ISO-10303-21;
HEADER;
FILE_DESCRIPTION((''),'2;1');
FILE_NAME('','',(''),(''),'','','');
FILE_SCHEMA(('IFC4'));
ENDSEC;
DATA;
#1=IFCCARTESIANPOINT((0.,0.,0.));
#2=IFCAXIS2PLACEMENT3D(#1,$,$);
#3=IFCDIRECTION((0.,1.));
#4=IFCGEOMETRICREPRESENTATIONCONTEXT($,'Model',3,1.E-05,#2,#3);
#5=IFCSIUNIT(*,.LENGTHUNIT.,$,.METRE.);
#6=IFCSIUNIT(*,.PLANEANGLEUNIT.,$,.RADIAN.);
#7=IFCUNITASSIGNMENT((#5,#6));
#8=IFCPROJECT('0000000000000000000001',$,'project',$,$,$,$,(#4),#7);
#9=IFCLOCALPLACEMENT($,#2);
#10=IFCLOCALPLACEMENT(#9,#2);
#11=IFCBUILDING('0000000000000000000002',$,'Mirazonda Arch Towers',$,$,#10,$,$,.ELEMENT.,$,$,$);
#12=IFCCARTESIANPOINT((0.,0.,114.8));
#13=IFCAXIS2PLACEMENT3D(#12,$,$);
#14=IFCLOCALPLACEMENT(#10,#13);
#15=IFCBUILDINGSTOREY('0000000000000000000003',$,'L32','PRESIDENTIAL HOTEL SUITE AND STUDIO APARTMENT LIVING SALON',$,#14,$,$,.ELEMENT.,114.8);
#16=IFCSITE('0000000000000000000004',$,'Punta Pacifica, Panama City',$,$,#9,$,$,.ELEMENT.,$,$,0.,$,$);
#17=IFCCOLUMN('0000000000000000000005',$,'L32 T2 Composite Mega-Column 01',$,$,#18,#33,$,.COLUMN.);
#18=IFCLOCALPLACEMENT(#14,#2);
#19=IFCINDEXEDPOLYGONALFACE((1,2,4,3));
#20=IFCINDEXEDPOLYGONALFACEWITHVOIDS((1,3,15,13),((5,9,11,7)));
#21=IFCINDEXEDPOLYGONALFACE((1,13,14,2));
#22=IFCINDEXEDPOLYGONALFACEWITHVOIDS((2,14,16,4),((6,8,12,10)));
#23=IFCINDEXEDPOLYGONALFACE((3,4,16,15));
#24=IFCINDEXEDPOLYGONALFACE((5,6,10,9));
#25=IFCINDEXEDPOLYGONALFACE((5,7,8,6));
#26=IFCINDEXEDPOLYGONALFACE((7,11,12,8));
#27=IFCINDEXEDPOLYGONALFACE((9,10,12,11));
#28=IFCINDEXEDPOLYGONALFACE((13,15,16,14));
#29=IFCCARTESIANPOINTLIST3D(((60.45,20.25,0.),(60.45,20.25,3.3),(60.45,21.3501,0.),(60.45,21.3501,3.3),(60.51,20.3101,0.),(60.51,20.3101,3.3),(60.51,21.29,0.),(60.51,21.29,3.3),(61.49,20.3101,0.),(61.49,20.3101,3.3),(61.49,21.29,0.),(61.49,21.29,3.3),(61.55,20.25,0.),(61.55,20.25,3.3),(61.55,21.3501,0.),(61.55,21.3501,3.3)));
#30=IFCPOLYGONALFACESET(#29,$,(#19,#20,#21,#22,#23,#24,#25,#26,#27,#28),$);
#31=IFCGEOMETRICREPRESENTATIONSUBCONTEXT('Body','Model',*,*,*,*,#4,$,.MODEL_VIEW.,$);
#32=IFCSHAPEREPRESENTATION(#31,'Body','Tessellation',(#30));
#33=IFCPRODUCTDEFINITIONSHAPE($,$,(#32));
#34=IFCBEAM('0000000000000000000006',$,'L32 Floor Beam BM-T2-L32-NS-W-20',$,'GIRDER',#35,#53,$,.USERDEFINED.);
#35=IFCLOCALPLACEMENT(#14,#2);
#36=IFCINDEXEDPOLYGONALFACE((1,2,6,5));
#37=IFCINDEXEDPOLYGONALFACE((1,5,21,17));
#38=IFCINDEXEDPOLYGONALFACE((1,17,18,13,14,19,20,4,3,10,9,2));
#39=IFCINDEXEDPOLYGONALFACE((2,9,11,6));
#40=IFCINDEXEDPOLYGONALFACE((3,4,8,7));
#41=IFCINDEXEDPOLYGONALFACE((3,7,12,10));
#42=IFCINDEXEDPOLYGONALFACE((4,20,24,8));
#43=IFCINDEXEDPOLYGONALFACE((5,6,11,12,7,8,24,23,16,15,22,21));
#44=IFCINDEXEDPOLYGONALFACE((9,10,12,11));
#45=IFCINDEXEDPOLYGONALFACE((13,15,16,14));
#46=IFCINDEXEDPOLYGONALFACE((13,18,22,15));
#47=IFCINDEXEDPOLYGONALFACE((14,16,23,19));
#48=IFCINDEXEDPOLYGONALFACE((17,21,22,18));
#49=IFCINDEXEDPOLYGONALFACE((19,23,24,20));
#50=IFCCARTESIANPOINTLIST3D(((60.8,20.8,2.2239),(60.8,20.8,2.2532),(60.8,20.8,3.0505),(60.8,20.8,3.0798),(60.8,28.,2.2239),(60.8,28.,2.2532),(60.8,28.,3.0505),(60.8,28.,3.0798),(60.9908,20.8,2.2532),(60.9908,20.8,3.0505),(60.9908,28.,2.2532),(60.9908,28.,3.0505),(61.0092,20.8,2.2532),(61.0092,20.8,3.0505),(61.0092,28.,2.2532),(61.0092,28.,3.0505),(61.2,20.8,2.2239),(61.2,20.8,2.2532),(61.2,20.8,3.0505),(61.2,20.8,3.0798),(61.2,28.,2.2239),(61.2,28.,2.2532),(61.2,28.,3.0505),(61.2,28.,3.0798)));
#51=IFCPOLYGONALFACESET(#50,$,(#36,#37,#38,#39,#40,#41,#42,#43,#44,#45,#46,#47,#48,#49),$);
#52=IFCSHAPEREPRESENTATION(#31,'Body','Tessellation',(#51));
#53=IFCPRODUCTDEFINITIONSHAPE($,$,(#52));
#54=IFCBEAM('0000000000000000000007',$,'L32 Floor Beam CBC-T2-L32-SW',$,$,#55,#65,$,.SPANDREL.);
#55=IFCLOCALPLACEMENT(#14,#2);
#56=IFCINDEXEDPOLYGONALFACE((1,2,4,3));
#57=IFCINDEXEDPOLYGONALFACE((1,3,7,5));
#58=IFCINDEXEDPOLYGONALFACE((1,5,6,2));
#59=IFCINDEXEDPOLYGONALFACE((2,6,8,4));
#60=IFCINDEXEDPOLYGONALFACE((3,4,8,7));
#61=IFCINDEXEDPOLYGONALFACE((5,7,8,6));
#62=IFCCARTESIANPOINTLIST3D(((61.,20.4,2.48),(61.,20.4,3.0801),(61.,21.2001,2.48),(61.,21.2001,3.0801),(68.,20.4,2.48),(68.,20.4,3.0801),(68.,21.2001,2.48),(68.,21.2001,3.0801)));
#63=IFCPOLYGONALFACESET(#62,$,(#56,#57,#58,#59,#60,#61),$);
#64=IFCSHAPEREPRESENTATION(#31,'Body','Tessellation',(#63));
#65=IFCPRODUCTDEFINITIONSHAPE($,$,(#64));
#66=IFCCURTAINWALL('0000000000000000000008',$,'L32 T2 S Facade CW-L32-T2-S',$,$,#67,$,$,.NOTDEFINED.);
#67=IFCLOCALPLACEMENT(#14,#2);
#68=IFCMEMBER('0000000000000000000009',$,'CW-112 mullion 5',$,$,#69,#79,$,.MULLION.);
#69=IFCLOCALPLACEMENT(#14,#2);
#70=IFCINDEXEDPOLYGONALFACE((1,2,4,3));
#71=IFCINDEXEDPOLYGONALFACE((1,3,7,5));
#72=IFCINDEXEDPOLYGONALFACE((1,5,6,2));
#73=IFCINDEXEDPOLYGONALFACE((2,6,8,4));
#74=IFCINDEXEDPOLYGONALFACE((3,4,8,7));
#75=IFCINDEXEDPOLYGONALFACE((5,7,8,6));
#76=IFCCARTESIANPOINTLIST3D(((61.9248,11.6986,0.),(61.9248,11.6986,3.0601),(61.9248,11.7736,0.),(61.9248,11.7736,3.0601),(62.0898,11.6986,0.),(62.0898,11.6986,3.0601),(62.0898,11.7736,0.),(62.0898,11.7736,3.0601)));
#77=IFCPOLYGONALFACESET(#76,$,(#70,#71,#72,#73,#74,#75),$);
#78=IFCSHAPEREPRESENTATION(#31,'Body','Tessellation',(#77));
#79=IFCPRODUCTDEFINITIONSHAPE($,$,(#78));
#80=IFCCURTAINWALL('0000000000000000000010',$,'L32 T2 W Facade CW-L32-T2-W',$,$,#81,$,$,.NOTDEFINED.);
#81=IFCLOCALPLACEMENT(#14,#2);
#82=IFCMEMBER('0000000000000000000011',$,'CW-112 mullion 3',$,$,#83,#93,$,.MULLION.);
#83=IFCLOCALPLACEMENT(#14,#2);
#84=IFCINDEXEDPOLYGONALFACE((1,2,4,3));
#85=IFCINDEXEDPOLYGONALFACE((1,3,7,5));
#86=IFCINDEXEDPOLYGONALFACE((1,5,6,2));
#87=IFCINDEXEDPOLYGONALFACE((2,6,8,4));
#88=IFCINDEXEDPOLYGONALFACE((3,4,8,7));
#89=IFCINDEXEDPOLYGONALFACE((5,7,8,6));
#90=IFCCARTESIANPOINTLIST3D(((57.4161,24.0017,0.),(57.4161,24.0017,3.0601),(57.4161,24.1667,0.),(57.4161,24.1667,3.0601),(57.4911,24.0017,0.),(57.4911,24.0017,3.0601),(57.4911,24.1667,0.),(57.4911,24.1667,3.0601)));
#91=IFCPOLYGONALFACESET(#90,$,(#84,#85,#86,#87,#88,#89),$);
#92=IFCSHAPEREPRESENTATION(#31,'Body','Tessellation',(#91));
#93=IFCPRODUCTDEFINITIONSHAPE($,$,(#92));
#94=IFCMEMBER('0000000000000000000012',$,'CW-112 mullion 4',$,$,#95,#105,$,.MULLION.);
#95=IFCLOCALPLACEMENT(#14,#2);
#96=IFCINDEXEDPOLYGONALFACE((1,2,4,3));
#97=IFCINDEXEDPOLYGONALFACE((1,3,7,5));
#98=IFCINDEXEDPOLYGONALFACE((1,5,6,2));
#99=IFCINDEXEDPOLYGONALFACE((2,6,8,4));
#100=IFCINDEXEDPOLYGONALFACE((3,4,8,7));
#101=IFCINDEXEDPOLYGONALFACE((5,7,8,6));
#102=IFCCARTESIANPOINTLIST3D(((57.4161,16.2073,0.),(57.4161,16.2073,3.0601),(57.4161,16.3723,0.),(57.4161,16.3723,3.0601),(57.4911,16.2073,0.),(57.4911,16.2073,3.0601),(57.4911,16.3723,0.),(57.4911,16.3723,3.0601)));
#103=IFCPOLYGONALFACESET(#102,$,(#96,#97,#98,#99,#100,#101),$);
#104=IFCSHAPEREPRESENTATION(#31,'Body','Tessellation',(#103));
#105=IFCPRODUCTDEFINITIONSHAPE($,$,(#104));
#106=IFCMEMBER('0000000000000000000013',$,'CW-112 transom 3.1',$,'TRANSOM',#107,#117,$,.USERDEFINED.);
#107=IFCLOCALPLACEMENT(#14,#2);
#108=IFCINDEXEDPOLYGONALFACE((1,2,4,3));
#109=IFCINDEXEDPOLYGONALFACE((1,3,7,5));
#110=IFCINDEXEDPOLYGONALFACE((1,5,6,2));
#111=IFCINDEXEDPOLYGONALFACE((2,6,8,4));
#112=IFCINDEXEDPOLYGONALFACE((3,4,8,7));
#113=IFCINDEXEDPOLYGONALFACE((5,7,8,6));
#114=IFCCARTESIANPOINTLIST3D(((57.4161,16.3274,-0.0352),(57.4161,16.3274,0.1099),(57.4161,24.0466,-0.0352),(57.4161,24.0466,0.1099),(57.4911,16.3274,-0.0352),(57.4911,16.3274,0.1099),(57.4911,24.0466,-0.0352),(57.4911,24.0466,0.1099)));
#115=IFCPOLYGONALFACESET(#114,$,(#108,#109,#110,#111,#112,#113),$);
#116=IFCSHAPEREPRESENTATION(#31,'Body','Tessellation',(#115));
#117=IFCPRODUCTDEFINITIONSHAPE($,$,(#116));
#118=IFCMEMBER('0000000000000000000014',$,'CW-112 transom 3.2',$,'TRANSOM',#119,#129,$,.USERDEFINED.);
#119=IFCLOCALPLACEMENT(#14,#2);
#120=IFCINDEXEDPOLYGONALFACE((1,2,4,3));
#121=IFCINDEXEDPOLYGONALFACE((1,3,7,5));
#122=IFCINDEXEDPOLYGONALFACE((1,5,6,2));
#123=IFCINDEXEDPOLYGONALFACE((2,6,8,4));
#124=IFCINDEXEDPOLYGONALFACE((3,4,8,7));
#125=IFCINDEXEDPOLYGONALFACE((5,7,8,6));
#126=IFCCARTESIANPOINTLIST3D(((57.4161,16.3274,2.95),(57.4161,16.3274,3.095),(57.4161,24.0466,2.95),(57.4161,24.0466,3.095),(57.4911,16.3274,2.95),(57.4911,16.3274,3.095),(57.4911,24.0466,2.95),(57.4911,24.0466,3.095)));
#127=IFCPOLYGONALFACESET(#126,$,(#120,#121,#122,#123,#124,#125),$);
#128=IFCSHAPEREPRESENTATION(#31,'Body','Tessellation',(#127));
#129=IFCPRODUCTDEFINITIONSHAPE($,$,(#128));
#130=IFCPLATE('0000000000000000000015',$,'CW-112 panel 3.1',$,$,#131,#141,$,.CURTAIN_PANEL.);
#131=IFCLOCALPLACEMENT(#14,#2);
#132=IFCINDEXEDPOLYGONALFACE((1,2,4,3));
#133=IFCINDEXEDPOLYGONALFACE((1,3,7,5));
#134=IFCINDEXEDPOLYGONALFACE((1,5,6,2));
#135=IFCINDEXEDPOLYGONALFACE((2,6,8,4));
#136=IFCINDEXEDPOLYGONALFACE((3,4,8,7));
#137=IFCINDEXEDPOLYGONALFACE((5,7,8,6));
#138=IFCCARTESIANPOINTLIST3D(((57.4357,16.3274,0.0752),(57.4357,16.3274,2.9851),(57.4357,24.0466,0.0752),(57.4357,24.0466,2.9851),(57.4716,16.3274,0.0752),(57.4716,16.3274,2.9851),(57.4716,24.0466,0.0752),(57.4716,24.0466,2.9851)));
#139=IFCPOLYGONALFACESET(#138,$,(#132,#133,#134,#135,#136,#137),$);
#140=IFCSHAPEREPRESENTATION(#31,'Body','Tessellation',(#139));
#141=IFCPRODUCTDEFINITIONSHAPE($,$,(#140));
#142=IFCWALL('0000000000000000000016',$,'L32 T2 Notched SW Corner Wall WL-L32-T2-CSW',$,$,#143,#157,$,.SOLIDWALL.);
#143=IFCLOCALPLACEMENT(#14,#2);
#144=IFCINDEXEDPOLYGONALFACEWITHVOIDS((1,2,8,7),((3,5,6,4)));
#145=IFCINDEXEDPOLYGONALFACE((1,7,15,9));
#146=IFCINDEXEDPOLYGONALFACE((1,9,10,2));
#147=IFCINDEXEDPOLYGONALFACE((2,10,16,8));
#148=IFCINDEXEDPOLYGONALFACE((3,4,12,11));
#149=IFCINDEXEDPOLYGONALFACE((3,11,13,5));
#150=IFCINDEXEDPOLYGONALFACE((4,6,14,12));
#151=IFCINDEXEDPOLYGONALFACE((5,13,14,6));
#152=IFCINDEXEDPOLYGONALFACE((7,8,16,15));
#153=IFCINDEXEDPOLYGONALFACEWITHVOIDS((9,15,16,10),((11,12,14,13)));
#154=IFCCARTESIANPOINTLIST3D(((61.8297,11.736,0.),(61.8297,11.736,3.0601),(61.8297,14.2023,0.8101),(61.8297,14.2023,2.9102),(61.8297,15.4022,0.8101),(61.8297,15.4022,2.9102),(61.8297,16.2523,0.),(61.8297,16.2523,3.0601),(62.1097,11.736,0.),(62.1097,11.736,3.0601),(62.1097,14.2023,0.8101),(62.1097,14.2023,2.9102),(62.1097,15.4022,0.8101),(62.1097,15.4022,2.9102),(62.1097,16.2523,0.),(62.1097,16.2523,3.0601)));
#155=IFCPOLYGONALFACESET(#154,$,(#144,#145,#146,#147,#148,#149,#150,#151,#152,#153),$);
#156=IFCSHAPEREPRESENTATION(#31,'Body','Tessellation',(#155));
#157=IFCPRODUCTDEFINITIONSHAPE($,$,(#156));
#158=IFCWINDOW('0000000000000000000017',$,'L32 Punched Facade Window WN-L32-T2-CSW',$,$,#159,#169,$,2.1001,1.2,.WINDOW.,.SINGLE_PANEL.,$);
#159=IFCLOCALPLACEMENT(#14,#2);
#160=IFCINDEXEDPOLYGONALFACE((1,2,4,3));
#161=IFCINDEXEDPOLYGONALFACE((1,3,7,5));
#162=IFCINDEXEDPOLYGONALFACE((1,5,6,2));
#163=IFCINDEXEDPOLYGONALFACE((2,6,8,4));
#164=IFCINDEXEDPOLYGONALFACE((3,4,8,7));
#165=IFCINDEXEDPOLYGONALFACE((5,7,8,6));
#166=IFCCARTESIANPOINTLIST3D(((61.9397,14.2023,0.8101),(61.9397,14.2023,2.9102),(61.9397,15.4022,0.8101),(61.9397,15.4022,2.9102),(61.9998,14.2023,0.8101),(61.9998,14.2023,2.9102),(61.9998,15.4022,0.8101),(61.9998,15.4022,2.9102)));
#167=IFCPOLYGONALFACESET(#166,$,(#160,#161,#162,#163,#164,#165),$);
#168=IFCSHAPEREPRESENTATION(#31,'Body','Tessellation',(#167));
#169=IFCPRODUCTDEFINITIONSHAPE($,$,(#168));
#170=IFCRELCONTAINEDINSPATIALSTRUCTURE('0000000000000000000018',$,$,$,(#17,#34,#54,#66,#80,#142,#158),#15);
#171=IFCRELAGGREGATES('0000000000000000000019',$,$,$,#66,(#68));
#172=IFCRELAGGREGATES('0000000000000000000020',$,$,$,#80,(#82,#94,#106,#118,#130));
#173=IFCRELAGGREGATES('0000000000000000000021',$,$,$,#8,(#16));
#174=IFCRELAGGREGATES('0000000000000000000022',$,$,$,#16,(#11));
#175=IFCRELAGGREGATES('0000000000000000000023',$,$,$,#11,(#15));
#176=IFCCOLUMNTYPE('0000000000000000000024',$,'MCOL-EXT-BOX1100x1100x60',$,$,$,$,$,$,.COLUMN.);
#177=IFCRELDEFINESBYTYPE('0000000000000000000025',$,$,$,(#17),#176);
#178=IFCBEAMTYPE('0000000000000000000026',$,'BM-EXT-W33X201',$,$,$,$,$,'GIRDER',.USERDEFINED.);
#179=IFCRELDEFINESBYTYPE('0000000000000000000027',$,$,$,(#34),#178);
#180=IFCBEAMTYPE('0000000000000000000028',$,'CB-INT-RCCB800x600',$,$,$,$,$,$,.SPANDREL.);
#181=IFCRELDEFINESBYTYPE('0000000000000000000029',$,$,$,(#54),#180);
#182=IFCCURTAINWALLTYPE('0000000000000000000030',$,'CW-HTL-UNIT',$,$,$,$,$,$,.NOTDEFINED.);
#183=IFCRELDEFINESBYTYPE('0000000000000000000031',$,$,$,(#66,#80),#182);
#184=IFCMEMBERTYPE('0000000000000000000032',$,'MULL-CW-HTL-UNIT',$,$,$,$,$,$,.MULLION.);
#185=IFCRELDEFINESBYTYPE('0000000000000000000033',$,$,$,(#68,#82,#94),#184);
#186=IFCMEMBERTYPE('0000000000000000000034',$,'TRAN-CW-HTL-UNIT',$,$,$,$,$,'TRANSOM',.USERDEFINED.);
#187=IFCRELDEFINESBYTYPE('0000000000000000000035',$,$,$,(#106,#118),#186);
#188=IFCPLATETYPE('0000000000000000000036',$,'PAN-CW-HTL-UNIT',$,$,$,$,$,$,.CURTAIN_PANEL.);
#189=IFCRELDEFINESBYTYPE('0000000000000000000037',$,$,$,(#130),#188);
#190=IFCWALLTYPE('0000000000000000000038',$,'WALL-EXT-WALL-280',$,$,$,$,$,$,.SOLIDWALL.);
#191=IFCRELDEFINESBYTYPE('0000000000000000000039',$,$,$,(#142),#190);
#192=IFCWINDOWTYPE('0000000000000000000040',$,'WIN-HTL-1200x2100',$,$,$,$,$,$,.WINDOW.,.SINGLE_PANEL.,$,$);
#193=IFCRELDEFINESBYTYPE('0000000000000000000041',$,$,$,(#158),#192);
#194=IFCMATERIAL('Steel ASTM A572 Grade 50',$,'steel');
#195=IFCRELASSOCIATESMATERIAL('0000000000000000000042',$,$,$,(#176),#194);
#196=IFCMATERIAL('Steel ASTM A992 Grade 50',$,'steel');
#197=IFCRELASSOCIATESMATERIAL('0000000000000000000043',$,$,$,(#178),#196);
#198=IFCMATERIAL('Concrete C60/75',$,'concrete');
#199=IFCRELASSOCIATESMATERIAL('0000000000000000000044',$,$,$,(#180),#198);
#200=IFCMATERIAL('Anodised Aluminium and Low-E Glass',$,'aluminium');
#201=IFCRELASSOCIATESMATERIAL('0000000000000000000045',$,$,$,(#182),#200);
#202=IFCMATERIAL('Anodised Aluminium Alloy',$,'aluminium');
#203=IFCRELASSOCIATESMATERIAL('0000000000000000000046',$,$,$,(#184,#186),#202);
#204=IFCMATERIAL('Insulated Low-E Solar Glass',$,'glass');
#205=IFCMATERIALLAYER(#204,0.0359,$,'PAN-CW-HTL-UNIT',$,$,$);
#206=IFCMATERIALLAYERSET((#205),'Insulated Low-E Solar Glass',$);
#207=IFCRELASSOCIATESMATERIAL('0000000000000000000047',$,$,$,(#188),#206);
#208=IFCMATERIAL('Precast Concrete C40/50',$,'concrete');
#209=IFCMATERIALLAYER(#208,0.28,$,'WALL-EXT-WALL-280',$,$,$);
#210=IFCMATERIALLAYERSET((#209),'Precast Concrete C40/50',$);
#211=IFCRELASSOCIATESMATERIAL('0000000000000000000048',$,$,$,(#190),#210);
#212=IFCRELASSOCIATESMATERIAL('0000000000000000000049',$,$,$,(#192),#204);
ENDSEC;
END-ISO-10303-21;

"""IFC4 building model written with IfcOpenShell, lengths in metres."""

from ifc_helpers import new_model, si_unit, direction, frame, frame_2d, origin, origin_2d, place, context, subcontext, project, spatial, rectangle, hollow_rectangle, i_section, extrude, material, layer, layer_set, material_profile, profile_set, type_object, element, fill, aggregate, save


model = new_model("IFC4")

# Units and contexts
model_context = context("Model", 3, precision=1e-05, world=origin(), true_north=direction((0.0, 1.0)))
body_context = subcontext(model_context, "Body", "Model", "MODEL_VIEW")
ifc_project = project(units=[si_unit("LENGTHUNIT", "METRE"), si_unit("PLANEANGLEUNIT", "RADIAN")], contexts=[model_context])

# Site, building, storey
site_placement = place(None, origin())
site = spatial("IfcSite", under=ifc_project, at=site_placement, Name="Punta Pacifica, Panama City", CompositionType="ELEMENT", RefElevation=0.0)
building_placement = place(site_placement, origin())
building = spatial("IfcBuilding", under=site, at=building_placement, Name="Mirazonda Arch Towers", CompositionType="ELEMENT")
storey_placement = place(building_placement, frame((0.0, 0.0, 114.8)))
storey = spatial("IfcBuildingStorey", under=building, at=storey_placement, Name="L32", Description="PRESIDENTIAL HOTEL SUITE AND STUDIO APARTMENT LIVING SALON", CompositionType="ELEMENT", Elevation=114.8)

# Column
ifc_material_1 = material(Name="Steel ASTM A572 Grade 50", Category="steel")
ifc_material_profile_1 = material_profile(ifc_material_1, hollow_rectangle(XDim=1.1001, YDim=1.1001, WallThickness=0.0601, at=origin_2d()), Name="BOX1100x1100x60")
ifc_profile_set_1 = profile_set([ifc_material_profile_1], Name="Steel ASTM A572 Grade 50")
column_type = type_object("IfcColumnType", Name="MCOL-EXT-BOX1100x1100x60", PredefinedType="COLUMN", material=ifc_profile_set_1)
column_placement = place(storey_placement, frame((61.0, 20.8, 0.0), z_axis=(0.0, 0.0, 1.0), x_axis=(1.0, 0.0, 0.0)))
element("IfcColumn", 1, at=column_placement, inside=storey, type_object=column_type, Name="L32 T2 Composite Mega-Column 01", PredefinedType="COLUMN", context=body_context, shape_type="SweptSolid", body=[
    extrude(hollow_rectangle(XDim=1.1001, YDim=1.1001, WallThickness=0.0601, at=origin_2d()), origin(), (0.0, 0.0, 1.0), 3.3),
])

# Beams
ifc_material_2 = material(Name="Steel ASTM A992 Grade 50", Category="steel")
ifc_material_profile_2 = material_profile(ifc_material_2, i_section(OverallWidth=0.3999, OverallDepth=0.856, WebThickness=0.0183, FlangeThickness=0.0293, at=origin_2d()), Name="W33X201")
ifc_profile_set_2 = profile_set([ifc_material_profile_2], Name="Steel ASTM A992 Grade 50")
beam_type_1 = type_object("IfcBeamType", Name="BM-EXT-W33X201", ElementType="GIRDER", PredefinedType="USERDEFINED", material=ifc_profile_set_2)
beam_1_placement = place(storey_placement, frame((61.0, 20.8, 2.6519), z_axis=(0.0, 1.0, 0.0), x_axis=(-1.0, 0.0, 0.0)))
element("IfcBeam", 2, at=beam_1_placement, inside=storey, type_object=beam_type_1, Name="L32 Floor Beam BM-T2-L32-NS-W-20", ObjectType="GIRDER", PredefinedType="USERDEFINED", context=body_context, shape_type="SweptSolid", body=[
    extrude(i_section(OverallWidth=0.3999, OverallDepth=0.856, WebThickness=0.0183, FlangeThickness=0.0293, at=origin_2d()), origin(), (0.0, 0.0, 1.0), 7.2),
])
ifc_material_3 = material(Name="Concrete C60/75", Category="concrete")
ifc_material_profile_3 = material_profile(ifc_material_3, rectangle(XDim=0.8, YDim=0.6001, at=origin_2d()), Name="RCCB800x600")
ifc_profile_set_3 = profile_set([ifc_material_profile_3], Name="Concrete C60/75")
beam_type_2 = type_object("IfcBeamType", Name="CB-INT-RCCB800x600", PredefinedType="SPANDREL", material=ifc_profile_set_3)
beam_2_placement = place(storey_placement, frame((61.0, 20.8, 2.78), z_axis=(1.0, 0.0, 0.0), x_axis=(0.0, 1.0, 0.0)))
element("IfcBeam", 3, at=beam_2_placement, inside=storey, type_object=beam_type_2, Name="L32 Floor Beam CBC-T2-L32-SW", PredefinedType="SPANDREL", context=body_context, shape_type="SweptSolid", body=[
    extrude(rectangle(XDim=0.8, YDim=0.6001, at=origin_2d()), origin(), (0.0, 0.0, 1.0), 7.0),
])

# Curtain wall, member
ifc_material_4 = material(Name="Anodised Aluminium and Low-E Glass", Category="aluminium")
curtain_wall_type = type_object("IfcCurtainWallType", Name="CW-HTL-UNIT", PredefinedType="NOTDEFINED", material=ifc_material_4)
curtain_wall_1_placement = place(storey_placement, origin())
curtain_wall_1 = element("IfcCurtainWall", 4, at=curtain_wall_1_placement, inside=storey, type_object=curtain_wall_type, Name="L32 T2 S Facade CW-L32-T2-S", PredefinedType="NOTDEFINED")
ifc_material_5 = material(Name="Anodised Aluminium Alloy", Category="aluminium")
ifc_material_profile_4 = material_profile(ifc_material_5, rectangle(XDim=0.075, YDim=0.165, at=origin_2d()), Name="ALU-MULL-75x165")
ifc_profile_set_4 = profile_set([ifc_material_profile_4], Name="Anodised Aluminium Alloy")
member_type_1 = type_object("IfcMemberType", Name="MULL-CW-HTL-UNIT", PredefinedType="MULLION", material=ifc_profile_set_4)
member_1_placement = place(storey_placement, frame((62.0073, 11.7361, 0.0), z_axis=(0.0, 0.0, 1.0), x_axis=(0.0, -1.0, 0.0)))
member_1 = element("IfcMember", 5, at=member_1_placement, type_object=member_type_1, Name="CW-112 mullion 5", PredefinedType="MULLION", context=body_context, shape_type="SweptSolid", body=[
    extrude(rectangle(XDim=0.075, YDim=0.165, at=origin_2d()), origin(), (0.0, 0.0, 1.0), 3.0601),
])
aggregate(curtain_wall_1, [member_1])

# Curtain wall, members, plate
curtain_wall_2_placement = place(storey_placement, origin())
curtain_wall_2 = element("IfcCurtainWall", 6, at=curtain_wall_2_placement, inside=storey, type_object=curtain_wall_type, Name="L32 T2 W Facade CW-L32-T2-W", PredefinedType="NOTDEFINED")
member_2_placement = place(storey_placement, frame((57.4536, 24.0842, 0.0), z_axis=(0.0, 0.0, 1.0), x_axis=(1.0, 0.0, 0.0)))
member_2 = element("IfcMember", 7, at=member_2_placement, type_object=member_type_1, Name="CW-112 mullion 3", PredefinedType="MULLION", context=body_context, shape_type="SweptSolid", body=[
    extrude(rectangle(XDim=0.075, YDim=0.165, at=origin_2d()), origin(), (0.0, 0.0, 1.0), 3.0601),
])
member_3_placement = place(storey_placement, frame((57.4536, 16.2898, 0.0), z_axis=(0.0, 0.0, 1.0), x_axis=(1.0, 0.0, 0.0)))
member_3 = element("IfcMember", 8, at=member_3_placement, type_object=member_type_1, Name="CW-112 mullion 4", PredefinedType="MULLION", context=body_context, shape_type="SweptSolid", body=[
    extrude(rectangle(XDim=0.075, YDim=0.165, at=origin_2d()), origin(), (0.0, 0.0, 1.0), 3.0601),
])
ifc_material_profile_5 = material_profile(ifc_material_5, rectangle(XDim=0.075, YDim=0.145, at=origin_2d()), Name="ALU-TRAN-75x145")
ifc_profile_set_5 = profile_set([ifc_material_profile_5], Name="Anodised Aluminium Alloy")
member_type_2 = type_object("IfcMemberType", Name="TRAN-CW-HTL-UNIT", ElementType="TRANSOM", PredefinedType="USERDEFINED", material=ifc_profile_set_5)
member_4_placement = place(storey_placement, frame((57.4536, 24.0466, 0.0374), z_axis=(0.0, -1.0, 0.0), x_axis=(1.0, 0.0, 0.0)))
member_4 = element("IfcMember", 9, at=member_4_placement, type_object=member_type_2, Name="CW-112 transom 3.1", ObjectType="TRANSOM", PredefinedType="USERDEFINED", context=body_context, shape_type="SweptSolid", body=[
    extrude(rectangle(XDim=0.075, YDim=0.145, at=origin_2d()), origin(), (0.0, 0.0, 1.0), 7.7192),
])
member_5_placement = place(storey_placement, frame((57.4536, 24.0466, 3.0225), z_axis=(0.0, -1.0, 0.0), x_axis=(1.0, 0.0, 0.0)))
member_5 = element("IfcMember", 10, at=member_5_placement, type_object=member_type_2, Name="CW-112 transom 3.2", ObjectType="TRANSOM", PredefinedType="USERDEFINED", context=body_context, shape_type="SweptSolid", body=[
    extrude(rectangle(XDim=0.075, YDim=0.145, at=origin_2d()), origin(), (0.0, 0.0, 1.0), 7.7192),
])
ifc_material_6 = material(Name="Insulated Low-E Solar Glass", Category="glass")
ifc_layer_1 = layer(ifc_material_6, 0.0359, Name="PAN-CW-HTL-UNIT")
ifc_layer_set_1 = layer_set([ifc_layer_1], Name="Insulated Low-E Solar Glass")
plate_type = type_object("IfcPlateType", Name="PAN-CW-HTL-UNIT", PredefinedType="CURTAIN_PANEL", material=ifc_layer_set_1)
plate_placement = place(storey_placement, frame((57.4536, 20.187, 0.0752), z_axis=(0.0, 0.0, 1.0), x_axis=(0.0, -1.0, 0.0)))
plate = element("IfcPlate", 11, at=plate_placement, type_object=plate_type, Name="CW-112 panel 3.1", PredefinedType="CURTAIN_PANEL", context=body_context, shape_type="SweptSolid", body=[
    extrude(rectangle(XDim=7.7192, YDim=0.0359, at=origin_2d()), origin(), (0.0, 0.0, 1.0), 2.9099),
])
aggregate(curtain_wall_2, [member_2, member_3, member_4, member_5, plate])

# Wall, opening, window
ifc_material_7 = material(Name="Precast Concrete C40/50", Category="concrete")
ifc_layer_2 = layer(ifc_material_7, 0.28, Name="WALL-EXT-WALL-280")
ifc_layer_set_2 = layer_set([ifc_layer_2], Name="Precast Concrete C40/50")
wall_type_1 = type_object("IfcWallType", Name="WALL-EXT-WALL-280", PredefinedType="SOLIDWALL", material=ifc_layer_set_2)
wall_1_placement = place(storey_placement, frame((61.9697, 16.2524, 0.0), z_axis=(0.0, 0.0, 1.0), x_axis=(0.0, -1.0, 0.0)))
wall_1 = element("IfcWall", 12, at=wall_1_placement, inside=storey, type_object=wall_type_1, Name="L32 T2 Notched SW Corner Wall WL-L32-T2-CSW", PredefinedType="SOLIDWALL", context=body_context, shape_type="SweptSolid", body=[
    extrude(rectangle(XDim=4.5164, YDim=0.28, at=frame_2d((2.2583, 0.0))), origin(), (0.0, 0.0, 1.0), 3.0601),
])
opening_placement = place(wall_1_placement, frame((0.8501, 0.0, 0.8101)))
opening = element("IfcOpeningElement", 13, at=opening_placement, cuts=wall_1, PredefinedType="OPENING", context=body_context, shape_type="SweptSolid", body=[
    extrude(rectangle(XDim=1.2, YDim=2.1001, at=frame_2d((0.6001, 1.05))), frame((0.0, 0.1499, 0.0), z_axis=(0.0, -1.0, 0.0), x_axis=(1.0, 0.0, 0.0)), (0.0, 0.0, 1.0), 0.3),
])
window_type = type_object("IfcWindowType", Name="WIN-HTL-1200x2100", PartitioningType="SINGLE_PANEL", PredefinedType="WINDOW", material=ifc_material_6)
window_placement = place(opening_placement, origin())
window = element("IfcWindow", 14, at=window_placement, inside=storey, type_object=window_type, Name="L32 Punched Facade Window WN-L32-T2-CSW", OverallHeight=2.1001, OverallWidth=1.2, PartitioningType="SINGLE_PANEL", PredefinedType="WINDOW", context=body_context, shape_type="SweptSolid", body=[
    extrude(rectangle(XDim=1.2, YDim=2.1001, at=frame_2d((0.6001, 1.05))), frame((0.0, 0.03, 0.0), z_axis=(0.0, -1.0, 0.0), x_axis=(1.0, 0.0, 0.0)), (0.0, 0.0, 1.0), 0.0601),
])
fill(opening, window)

save(model, "model.ifc")
